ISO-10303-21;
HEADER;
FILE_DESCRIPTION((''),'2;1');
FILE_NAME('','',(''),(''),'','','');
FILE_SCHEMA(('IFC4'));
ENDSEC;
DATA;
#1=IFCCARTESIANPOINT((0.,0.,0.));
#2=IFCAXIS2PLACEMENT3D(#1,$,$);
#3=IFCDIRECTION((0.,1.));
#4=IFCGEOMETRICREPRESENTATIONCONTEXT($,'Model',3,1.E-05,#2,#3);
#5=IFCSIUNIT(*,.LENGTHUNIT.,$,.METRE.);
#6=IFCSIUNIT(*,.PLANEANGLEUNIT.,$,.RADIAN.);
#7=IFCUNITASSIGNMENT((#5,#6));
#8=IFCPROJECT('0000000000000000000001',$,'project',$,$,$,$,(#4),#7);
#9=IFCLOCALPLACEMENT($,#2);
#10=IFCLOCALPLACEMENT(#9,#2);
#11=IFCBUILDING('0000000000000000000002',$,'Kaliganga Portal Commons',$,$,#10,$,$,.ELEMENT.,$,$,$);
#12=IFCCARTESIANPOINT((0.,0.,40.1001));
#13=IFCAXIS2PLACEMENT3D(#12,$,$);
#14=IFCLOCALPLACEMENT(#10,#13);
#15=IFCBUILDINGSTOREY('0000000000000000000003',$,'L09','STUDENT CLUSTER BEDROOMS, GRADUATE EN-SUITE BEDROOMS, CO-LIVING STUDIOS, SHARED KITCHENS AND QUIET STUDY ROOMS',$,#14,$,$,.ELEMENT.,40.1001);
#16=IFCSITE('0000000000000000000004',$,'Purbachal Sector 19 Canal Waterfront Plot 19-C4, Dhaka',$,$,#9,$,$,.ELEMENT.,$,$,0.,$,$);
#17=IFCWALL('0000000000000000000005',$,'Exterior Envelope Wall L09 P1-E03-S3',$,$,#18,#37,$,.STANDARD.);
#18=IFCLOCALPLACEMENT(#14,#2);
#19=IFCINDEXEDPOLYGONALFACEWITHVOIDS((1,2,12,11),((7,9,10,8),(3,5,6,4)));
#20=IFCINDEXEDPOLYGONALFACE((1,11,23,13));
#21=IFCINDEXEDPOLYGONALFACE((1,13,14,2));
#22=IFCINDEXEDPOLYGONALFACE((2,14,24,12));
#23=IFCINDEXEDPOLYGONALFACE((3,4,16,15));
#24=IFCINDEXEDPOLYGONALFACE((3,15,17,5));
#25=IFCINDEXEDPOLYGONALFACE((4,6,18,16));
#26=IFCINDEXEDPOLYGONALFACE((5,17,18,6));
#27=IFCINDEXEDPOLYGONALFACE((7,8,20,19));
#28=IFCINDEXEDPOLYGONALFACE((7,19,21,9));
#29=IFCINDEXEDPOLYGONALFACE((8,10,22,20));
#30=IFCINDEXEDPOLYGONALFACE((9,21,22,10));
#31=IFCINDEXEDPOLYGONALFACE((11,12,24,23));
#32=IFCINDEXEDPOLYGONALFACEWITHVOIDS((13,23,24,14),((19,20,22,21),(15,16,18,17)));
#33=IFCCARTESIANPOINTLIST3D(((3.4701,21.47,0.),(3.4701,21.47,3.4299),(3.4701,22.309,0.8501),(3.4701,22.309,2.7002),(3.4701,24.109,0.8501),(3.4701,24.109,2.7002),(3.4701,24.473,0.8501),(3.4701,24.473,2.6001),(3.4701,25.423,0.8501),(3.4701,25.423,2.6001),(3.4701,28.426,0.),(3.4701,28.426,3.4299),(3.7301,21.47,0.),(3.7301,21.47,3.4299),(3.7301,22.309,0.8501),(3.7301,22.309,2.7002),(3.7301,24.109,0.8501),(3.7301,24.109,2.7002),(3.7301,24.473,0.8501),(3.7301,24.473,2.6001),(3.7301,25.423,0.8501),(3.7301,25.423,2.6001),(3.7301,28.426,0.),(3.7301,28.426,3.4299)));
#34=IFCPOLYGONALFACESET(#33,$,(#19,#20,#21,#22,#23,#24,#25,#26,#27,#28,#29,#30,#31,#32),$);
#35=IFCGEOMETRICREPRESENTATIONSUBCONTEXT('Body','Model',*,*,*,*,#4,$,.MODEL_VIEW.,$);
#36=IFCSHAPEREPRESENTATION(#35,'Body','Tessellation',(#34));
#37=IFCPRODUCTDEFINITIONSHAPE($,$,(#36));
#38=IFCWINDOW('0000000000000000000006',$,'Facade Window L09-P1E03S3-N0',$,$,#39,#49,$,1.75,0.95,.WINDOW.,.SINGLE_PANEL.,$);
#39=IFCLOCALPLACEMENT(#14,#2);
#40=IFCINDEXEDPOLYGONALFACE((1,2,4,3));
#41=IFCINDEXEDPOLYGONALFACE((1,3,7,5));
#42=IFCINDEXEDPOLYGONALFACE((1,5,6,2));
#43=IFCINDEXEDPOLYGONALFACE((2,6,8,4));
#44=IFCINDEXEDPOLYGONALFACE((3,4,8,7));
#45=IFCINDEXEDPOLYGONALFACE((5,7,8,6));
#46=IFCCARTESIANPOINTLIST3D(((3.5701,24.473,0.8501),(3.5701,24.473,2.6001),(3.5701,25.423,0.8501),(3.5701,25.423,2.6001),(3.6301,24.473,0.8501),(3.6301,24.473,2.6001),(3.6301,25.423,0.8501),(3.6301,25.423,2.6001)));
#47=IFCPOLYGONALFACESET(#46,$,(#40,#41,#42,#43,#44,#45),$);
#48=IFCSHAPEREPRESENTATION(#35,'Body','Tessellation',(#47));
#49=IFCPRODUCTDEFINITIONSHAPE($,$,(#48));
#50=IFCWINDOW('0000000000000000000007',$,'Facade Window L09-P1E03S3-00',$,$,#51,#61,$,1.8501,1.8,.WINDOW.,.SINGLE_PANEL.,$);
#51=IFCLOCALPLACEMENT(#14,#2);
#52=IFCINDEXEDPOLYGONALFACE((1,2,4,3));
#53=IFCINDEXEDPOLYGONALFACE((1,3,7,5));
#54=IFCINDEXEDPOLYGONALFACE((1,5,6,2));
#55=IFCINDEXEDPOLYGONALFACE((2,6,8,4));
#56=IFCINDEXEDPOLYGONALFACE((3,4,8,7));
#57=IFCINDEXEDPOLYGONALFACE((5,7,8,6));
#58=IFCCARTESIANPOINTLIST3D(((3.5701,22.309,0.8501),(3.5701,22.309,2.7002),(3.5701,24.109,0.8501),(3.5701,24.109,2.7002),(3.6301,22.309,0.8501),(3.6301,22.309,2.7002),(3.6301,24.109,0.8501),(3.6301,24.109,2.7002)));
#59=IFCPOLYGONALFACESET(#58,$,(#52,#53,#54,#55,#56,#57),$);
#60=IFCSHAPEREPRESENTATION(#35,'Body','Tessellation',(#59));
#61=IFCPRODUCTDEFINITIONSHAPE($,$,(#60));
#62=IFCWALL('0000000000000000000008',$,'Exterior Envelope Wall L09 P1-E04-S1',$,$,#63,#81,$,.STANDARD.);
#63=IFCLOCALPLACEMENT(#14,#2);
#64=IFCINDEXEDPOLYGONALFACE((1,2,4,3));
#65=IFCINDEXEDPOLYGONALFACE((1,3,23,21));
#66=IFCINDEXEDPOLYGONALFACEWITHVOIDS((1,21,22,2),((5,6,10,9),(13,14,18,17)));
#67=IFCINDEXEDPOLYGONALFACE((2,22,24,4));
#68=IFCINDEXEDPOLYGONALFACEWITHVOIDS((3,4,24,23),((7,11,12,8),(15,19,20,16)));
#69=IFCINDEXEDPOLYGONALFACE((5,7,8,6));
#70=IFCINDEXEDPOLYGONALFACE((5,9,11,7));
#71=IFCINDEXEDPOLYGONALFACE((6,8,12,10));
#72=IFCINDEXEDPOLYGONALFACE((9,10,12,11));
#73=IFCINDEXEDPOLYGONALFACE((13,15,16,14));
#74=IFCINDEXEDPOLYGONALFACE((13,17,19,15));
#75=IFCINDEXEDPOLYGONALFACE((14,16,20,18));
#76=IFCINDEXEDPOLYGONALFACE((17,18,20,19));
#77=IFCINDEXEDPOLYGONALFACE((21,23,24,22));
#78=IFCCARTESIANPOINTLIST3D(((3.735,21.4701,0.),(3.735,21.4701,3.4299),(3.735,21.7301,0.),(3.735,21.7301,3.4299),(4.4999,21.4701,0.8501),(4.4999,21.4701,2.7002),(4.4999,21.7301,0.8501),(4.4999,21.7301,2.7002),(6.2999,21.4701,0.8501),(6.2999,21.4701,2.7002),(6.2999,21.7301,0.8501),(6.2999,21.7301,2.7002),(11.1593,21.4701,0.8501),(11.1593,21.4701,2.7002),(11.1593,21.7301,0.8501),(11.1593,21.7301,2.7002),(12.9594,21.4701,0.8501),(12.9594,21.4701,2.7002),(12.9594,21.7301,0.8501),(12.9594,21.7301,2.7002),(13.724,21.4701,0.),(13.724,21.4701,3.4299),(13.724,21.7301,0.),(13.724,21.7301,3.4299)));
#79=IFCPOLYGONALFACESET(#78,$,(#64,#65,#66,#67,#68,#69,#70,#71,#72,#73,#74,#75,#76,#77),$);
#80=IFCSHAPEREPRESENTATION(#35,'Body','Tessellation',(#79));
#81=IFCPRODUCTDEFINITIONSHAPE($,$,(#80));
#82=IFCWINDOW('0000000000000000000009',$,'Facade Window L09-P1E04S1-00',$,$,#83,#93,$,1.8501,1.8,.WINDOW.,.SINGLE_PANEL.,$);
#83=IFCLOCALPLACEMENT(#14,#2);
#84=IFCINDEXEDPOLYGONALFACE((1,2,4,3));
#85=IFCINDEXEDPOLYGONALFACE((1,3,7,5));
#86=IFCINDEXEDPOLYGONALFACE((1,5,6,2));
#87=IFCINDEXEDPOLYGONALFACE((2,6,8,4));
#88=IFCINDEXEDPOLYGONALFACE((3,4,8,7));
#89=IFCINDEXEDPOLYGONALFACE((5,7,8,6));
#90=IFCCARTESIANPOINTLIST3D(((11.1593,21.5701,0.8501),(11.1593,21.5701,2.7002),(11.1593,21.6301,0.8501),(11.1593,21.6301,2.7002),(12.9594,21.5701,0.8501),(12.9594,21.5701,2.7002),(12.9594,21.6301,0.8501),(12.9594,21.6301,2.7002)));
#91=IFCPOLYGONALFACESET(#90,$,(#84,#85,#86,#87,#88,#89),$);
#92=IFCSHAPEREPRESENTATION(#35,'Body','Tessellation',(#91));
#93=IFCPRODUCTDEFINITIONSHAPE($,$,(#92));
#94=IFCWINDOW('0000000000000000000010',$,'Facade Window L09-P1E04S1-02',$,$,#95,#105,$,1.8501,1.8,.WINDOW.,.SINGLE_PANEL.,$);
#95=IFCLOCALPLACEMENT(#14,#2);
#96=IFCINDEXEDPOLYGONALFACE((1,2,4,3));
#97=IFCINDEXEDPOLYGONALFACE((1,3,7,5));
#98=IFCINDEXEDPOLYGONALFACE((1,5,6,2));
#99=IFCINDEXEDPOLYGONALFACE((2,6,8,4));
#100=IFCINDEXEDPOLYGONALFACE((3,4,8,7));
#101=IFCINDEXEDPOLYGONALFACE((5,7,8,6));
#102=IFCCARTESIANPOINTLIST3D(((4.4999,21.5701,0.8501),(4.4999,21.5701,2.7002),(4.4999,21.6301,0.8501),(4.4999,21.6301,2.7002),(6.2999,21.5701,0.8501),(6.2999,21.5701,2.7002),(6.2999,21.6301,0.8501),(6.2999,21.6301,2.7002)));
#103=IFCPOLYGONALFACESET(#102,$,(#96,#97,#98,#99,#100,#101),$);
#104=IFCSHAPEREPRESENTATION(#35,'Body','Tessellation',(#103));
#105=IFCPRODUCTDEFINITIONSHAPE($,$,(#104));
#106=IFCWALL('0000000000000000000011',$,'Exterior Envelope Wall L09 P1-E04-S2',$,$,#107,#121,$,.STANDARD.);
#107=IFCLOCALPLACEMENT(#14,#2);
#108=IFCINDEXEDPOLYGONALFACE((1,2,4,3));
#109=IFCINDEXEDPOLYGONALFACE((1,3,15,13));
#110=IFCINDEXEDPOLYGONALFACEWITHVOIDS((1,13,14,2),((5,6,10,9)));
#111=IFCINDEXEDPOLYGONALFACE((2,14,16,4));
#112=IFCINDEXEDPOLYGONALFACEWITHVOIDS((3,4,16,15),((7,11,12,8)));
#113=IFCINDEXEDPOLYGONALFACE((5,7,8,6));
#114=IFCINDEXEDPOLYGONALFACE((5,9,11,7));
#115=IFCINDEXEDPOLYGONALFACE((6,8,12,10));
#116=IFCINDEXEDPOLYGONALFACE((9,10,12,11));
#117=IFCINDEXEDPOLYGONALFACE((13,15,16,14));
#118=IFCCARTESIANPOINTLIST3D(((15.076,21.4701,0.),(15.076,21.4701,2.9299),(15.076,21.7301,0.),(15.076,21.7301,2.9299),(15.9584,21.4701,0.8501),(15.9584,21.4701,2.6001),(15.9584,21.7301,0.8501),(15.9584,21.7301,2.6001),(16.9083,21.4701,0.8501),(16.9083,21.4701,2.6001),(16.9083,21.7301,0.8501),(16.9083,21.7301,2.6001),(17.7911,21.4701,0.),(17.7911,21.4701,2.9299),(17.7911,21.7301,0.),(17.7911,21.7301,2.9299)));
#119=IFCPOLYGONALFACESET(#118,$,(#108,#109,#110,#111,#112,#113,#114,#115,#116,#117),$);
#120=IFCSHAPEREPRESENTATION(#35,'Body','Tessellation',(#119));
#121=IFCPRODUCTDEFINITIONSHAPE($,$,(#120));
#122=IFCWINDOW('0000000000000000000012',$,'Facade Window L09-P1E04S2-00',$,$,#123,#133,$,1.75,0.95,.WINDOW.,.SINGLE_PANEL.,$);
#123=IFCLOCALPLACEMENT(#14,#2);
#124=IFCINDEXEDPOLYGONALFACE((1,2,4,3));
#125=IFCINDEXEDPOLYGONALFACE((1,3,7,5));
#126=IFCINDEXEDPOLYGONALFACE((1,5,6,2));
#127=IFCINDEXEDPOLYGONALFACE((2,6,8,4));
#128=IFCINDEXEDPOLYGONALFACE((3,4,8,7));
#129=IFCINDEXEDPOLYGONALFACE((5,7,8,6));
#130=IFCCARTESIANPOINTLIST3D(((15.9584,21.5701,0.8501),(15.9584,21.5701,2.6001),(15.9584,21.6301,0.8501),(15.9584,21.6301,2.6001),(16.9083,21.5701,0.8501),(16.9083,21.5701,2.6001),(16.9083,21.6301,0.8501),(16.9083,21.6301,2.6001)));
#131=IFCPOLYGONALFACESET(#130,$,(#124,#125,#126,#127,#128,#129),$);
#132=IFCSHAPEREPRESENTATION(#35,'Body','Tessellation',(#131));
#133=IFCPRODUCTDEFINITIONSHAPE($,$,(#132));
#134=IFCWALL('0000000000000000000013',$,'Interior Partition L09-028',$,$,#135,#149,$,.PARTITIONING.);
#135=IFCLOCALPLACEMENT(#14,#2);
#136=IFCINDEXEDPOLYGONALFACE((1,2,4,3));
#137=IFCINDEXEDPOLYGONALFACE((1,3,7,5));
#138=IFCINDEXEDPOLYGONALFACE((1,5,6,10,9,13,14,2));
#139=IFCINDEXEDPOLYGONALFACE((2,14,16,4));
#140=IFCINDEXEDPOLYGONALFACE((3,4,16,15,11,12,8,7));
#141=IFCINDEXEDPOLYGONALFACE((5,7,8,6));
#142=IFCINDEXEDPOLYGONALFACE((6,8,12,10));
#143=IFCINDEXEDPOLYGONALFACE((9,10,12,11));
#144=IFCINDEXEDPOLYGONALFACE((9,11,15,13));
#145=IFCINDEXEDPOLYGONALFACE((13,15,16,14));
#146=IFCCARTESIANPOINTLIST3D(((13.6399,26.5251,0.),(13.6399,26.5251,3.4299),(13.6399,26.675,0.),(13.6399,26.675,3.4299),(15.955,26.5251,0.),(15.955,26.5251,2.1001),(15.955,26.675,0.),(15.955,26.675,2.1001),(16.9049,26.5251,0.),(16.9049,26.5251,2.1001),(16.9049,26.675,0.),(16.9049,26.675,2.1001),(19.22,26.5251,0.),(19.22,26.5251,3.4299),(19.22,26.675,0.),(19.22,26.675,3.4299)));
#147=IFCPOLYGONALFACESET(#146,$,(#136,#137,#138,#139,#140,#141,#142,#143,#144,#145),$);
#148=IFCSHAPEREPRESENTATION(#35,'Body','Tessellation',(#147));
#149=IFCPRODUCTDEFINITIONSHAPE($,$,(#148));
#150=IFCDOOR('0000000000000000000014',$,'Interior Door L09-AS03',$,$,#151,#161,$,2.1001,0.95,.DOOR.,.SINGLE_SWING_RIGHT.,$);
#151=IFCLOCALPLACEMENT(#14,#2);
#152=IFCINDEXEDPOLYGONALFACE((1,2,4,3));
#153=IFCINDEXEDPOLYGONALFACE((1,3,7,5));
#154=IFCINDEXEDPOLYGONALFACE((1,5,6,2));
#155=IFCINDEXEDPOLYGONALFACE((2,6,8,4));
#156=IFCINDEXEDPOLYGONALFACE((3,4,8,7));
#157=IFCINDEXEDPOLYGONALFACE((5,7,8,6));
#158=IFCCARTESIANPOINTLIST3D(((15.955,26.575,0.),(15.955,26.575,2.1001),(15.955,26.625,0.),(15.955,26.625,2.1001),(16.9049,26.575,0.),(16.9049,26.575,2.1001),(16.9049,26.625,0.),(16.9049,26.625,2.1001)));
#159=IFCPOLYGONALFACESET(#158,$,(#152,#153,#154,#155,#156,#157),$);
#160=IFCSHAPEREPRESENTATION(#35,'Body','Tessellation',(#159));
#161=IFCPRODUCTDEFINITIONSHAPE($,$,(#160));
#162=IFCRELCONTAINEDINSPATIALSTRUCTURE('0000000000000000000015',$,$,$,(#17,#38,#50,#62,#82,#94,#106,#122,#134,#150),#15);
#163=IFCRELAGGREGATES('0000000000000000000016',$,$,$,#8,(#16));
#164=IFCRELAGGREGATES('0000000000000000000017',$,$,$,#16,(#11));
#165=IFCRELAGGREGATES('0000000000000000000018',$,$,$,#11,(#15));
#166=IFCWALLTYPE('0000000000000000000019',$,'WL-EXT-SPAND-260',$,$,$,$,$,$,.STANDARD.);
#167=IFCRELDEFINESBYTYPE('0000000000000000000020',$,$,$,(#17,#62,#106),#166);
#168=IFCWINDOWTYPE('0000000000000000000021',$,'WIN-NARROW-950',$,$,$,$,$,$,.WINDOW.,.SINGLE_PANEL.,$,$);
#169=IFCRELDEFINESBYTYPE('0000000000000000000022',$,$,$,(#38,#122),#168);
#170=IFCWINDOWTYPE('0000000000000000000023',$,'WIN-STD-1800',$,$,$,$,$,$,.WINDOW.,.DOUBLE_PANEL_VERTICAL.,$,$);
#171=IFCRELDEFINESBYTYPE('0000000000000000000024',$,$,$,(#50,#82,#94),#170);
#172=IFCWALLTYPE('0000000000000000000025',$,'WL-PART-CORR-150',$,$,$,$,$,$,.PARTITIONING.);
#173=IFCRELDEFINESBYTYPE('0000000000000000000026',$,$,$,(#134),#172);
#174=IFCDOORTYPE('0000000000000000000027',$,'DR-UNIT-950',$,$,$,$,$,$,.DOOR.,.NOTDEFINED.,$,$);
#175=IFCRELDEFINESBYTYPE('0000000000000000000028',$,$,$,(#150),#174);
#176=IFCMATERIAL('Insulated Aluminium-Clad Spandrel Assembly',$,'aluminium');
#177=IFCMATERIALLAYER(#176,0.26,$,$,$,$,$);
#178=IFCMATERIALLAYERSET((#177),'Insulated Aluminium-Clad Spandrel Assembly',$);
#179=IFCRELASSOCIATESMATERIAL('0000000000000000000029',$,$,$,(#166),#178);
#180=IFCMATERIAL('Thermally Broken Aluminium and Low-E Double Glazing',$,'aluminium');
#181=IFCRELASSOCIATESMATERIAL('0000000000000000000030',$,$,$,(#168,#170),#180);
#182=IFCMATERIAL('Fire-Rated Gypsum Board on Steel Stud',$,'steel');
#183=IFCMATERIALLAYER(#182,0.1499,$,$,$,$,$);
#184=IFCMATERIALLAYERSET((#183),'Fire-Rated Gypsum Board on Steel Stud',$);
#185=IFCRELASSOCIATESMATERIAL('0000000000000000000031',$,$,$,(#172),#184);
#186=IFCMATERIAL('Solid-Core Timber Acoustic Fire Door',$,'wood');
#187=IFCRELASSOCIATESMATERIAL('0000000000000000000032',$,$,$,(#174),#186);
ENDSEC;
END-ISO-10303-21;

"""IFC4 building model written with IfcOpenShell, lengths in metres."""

from ifc_helpers import new_model, si_unit, direction, frame, frame_2d, origin, place, context, subcontext, project, spatial, rectangle, extrude, material, layer, layer_set, type_object, element, fill, save


model = new_model("IFC4")

# Units and contexts
model_context = context("Model", 3, precision=1e-05, world=origin(), true_north=direction((0.0, 1.0)))
body_context = subcontext(model_context, "Body", "Model", "MODEL_VIEW")
ifc_project = project(units=[si_unit("LENGTHUNIT", "METRE"), si_unit("PLANEANGLEUNIT", "RADIAN")], contexts=[model_context])

# Site, building, storey
site_placement = place(None, origin())
site = spatial("IfcSite", under=ifc_project, at=site_placement, Name="Purbachal Sector 19 Canal Waterfront Plot 19-C4, Dhaka", CompositionType="ELEMENT", RefElevation=0.0)
building_placement = place(site_placement, origin())
building = spatial("IfcBuilding", under=site, at=building_placement, Name="Kaliganga Portal Commons", CompositionType="ELEMENT")
storey_placement = place(building_placement, frame((0.0, 0.0, 40.1001)))
storey = spatial("IfcBuildingStorey", under=building, at=storey_placement, Name="L09", Description="STUDENT CLUSTER BEDROOMS, GRADUATE EN-SUITE BEDROOMS, CO-LIVING STUDIOS, SHARED KITCHENS AND QUIET STUDY ROOMS", CompositionType="ELEMENT", Elevation=40.1001)

# Walls, openings, windows
ifc_material_1 = material(Name="Insulated Aluminium-Clad Spandrel Assembly", Category="aluminium")
ifc_layer_1 = layer(ifc_material_1, 0.26)
ifc_layer_set_1 = layer_set([ifc_layer_1], Name="Insulated Aluminium-Clad Spandrel Assembly")
wall_type_1 = type_object("IfcWallType", Name="WL-EXT-SPAND-260", PredefinedType="STANDARD", material=ifc_layer_set_1)
wall_1_placement = place(storey_placement, frame((3.6001, 21.47, 0.0), z_axis=(0.0, 0.0, 1.0), x_axis=(0.0, 1.0, 0.0)))
wall_1 = element("IfcWall", 1, at=wall_1_placement, inside=storey, type_object=wall_type_1, Name="Exterior Envelope Wall L09 P1-E03-S3", PredefinedType="STANDARD", context=body_context, shape_type="SweptSolid", body=[
    extrude(rectangle(XDim=6.9561, YDim=0.26, at=frame_2d((3.478, 0.0))), origin(), (0.0, 0.0, 1.0), 3.4299),
])
opening_1_placement = place(wall_1_placement, frame((0.8391, 0.0, 0.8501)))
opening_1 = element("IfcOpeningElement", 2, at=opening_1_placement, cuts=wall_1, PredefinedType="OPENING", context=body_context, shape_type="SweptSolid", body=[
    extrude(rectangle(XDim=1.8, YDim=1.8501, at=frame_2d((0.8999, 0.925))), frame((0.0, 0.1401, 0.0), z_axis=(0.0, -1.0, 0.0), x_axis=(1.0, 0.0, 0.0)), (0.0, 0.0, 1.0), 0.28),
])
opening_2_placement = place(wall_1_placement, frame((3.0029, 0.0, 0.8501)))
opening_2 = element("IfcOpeningElement", 3, at=opening_2_placement, cuts=wall_1, PredefinedType="OPENING", context=body_context, shape_type="SweptSolid", body=[
    extrude(rectangle(XDim=0.95, YDim=1.75, at=frame_2d((0.4751, 0.875))), frame((0.0, 0.1401, 0.0), z_axis=(0.0, -1.0, 0.0), x_axis=(1.0, 0.0, 0.0)), (0.0, 0.0, 1.0), 0.28),
])
ifc_material_2 = material(Name="Thermally Broken Aluminium and Low-E Double Glazing", Category="aluminium")
window_type_1 = type_object("IfcWindowType", Name="WIN-NARROW-950", PartitioningType="SINGLE_PANEL", PredefinedType="WINDOW", material=ifc_material_2)
window_1_placement = place(opening_2_placement, origin())
window_1 = element("IfcWindow", 4, at=window_1_placement, inside=storey, type_object=window_type_1, Name="Facade Window L09-P1E03S3-N0", OverallHeight=1.75, OverallWidth=0.95, PartitioningType="SINGLE_PANEL", PredefinedType="WINDOW", context=body_context, shape_type="SweptSolid", body=[
    extrude(rectangle(XDim=0.95, YDim=1.75, at=frame_2d((0.4751, 0.875))), frame((0.0, 0.03, 0.0), z_axis=(0.0, -1.0, 0.0), x_axis=(1.0, 0.0, 0.0)), (0.0, 0.0, 1.0), 0.0601),
])
fill(opening_2, window_1)
window_type_2 = type_object("IfcWindowType", Name="WIN-STD-1800", PartitioningType="DOUBLE_PANEL_VERTICAL", PredefinedType="WINDOW", material=ifc_material_2)
window_2_placement = place(opening_1_placement, origin())
window_2 = element("IfcWindow", 5, at=window_2_placement, inside=storey, type_object=window_type_2, Name="Facade Window L09-P1E03S3-00", OverallHeight=1.8501, OverallWidth=1.8, PartitioningType="SINGLE_PANEL", PredefinedType="WINDOW", context=body_context, shape_type="SweptSolid", body=[
    extrude(rectangle(XDim=1.8, YDim=1.8501, at=frame_2d((0.8999, 0.925))), frame((0.0, 0.03, 0.0), z_axis=(0.0, -1.0, 0.0), x_axis=(1.0, 0.0, 0.0)), (0.0, 0.0, 1.0), 0.0601),
])
fill(opening_1, window_2)
wall_2_placement = place(storey_placement, frame((13.7241, 21.6001, 0.0), z_axis=(0.0, 0.0, 1.0), x_axis=(-1.0, 0.0, 0.0)))
wall_2 = element("IfcWall", 6, at=wall_2_placement, inside=storey, type_object=wall_type_1, Name="Exterior Envelope Wall L09 P1-E04-S1", PredefinedType="STANDARD", context=body_context, shape_type="SweptSolid", body=[
    extrude(rectangle(XDim=9.989, YDim=0.26, at=frame_2d((4.9946, 0.0))), origin(), (0.0, 0.0, 1.0), 3.4299),
])
opening_3_placement = place(wall_2_placement, frame((0.7649, 0.0, 0.8501)))
opening_3 = element("IfcOpeningElement", 7, at=opening_3_placement, cuts=wall_2, PredefinedType="OPENING", context=body_context, shape_type="SweptSolid", body=[
    extrude(rectangle(XDim=1.8, YDim=1.8501, at=frame_2d((0.8999, 0.925))), frame((0.0, 0.1401, 0.0), z_axis=(0.0, -1.0, 0.0), x_axis=(1.0, 0.0, 0.0)), (0.0, 0.0, 1.0), 0.28),
])
opening_4_placement = place(wall_2_placement, frame((7.4243, 0.0, 0.8501)))
opening_4 = element("IfcOpeningElement", 8, at=opening_4_placement, cuts=wall_2, PredefinedType="OPENING", context=body_context, shape_type="SweptSolid", body=[
    extrude(rectangle(XDim=1.8, YDim=1.8501, at=frame_2d((0.8999, 0.925))), frame((0.0, 0.1401, 0.0), z_axis=(0.0, -1.0, 0.0), x_axis=(1.0, 0.0, 0.0)), (0.0, 0.0, 1.0), 0.28),
])
window_3_placement = place(opening_3_placement, origin())
window_3 = element("IfcWindow", 9, at=window_3_placement, inside=storey, type_object=window_type_2, Name="Facade Window L09-P1E04S1-00", OverallHeight=1.8501, OverallWidth=1.8, PartitioningType="SINGLE_PANEL", PredefinedType="WINDOW", context=body_context, shape_type="SweptSolid", body=[
    extrude(rectangle(XDim=1.8, YDim=1.8501, at=frame_2d((0.8999, 0.925))), frame((0.0, 0.03, 0.0), z_axis=(0.0, -1.0, 0.0), x_axis=(1.0, 0.0, 0.0)), (0.0, 0.0, 1.0), 0.0601),
])
fill(opening_3, window_3)
window_4_placement = place(opening_4_placement, origin())
window_4 = element("IfcWindow", 10, at=window_4_placement, inside=storey, type_object=window_type_2, Name="Facade Window L09-P1E04S1-02", OverallHeight=1.8501, OverallWidth=1.8, PartitioningType="SINGLE_PANEL", PredefinedType="WINDOW", context=body_context, shape_type="SweptSolid", body=[
    extrude(rectangle(XDim=1.8, YDim=1.8501, at=frame_2d((0.8999, 0.925))), frame((0.0, 0.03, 0.0), z_axis=(0.0, -1.0, 0.0), x_axis=(1.0, 0.0, 0.0)), (0.0, 0.0, 1.0), 0.0601),
])
fill(opening_4, window_4)

# Wall, opening, window
wall_3_placement = place(storey_placement, frame((17.791, 21.6001, 0.0), z_axis=(0.0, 0.0, 1.0), x_axis=(-1.0, 0.0, 0.0)))
wall_3 = element("IfcWall", 11, at=wall_3_placement, inside=storey, type_object=wall_type_1, Name="Exterior Envelope Wall L09 P1-E04-S2", PredefinedType="STANDARD", context=body_context, shape_type="SweptSolid", body=[
    extrude(rectangle(XDim=2.7151, YDim=0.26, at=frame_2d((1.3574, 0.0))), origin(), (0.0, 0.0, 1.0), 2.9299),
])
opening_5_placement = place(wall_3_placement, frame((0.8826, 0.0, 0.8501)))
opening_5 = element("IfcOpeningElement", 12, at=opening_5_placement, cuts=wall_3, PredefinedType="OPENING", context=body_context, shape_type="SweptSolid", body=[
    extrude(rectangle(XDim=0.95, YDim=1.75, at=frame_2d((0.4751, 0.875))), frame((0.0, 0.1401, 0.0), z_axis=(0.0, -1.0, 0.0), x_axis=(1.0, 0.0, 0.0)), (0.0, 0.0, 1.0), 0.28),
])
window_5_placement = place(opening_5_placement, origin())
window_5 = element("IfcWindow", 13, at=window_5_placement, inside=storey, type_object=window_type_1, Name="Facade Window L09-P1E04S2-00", OverallHeight=1.75, OverallWidth=0.95, PartitioningType="SINGLE_PANEL", PredefinedType="WINDOW", context=body_context, shape_type="SweptSolid", body=[
    extrude(rectangle(XDim=0.95, YDim=1.75, at=frame_2d((0.4751, 0.875))), frame((0.0, 0.03, 0.0), z_axis=(0.0, -1.0, 0.0), x_axis=(1.0, 0.0, 0.0)), (0.0, 0.0, 1.0), 0.0601),
])
fill(opening_5, window_5)

# Wall, opening, door
ifc_material_3 = material(Name="Fire-Rated Gypsum Board on Steel Stud", Category="steel")
ifc_layer_2 = layer(ifc_material_3, 0.1499)
ifc_layer_set_2 = layer_set([ifc_layer_2], Name="Fire-Rated Gypsum Board on Steel Stud")
wall_type_2 = type_object("IfcWallType", Name="WL-PART-CORR-150", PredefinedType="PARTITIONING", material=ifc_layer_set_2)
wall_4_placement = place(storey_placement, frame((13.6399, 26.6001, 0.0), z_axis=(0.0, 0.0, 1.0), x_axis=(1.0, 0.0, 0.0)))
wall_4 = element("IfcWall", 14, at=wall_4_placement, inside=storey, type_object=wall_type_2, Name="Interior Partition L09-028", PredefinedType="PARTITIONING", context=body_context, shape_type="SweptSolid", body=[
    extrude(rectangle(XDim=5.5801, YDim=0.1499, at=frame_2d((2.79, 0.0))), origin(), (0.0, 0.0, 1.0), 3.4299),
])
opening_6_placement = place(wall_4_placement, frame((2.3149, 0.0, 0.0)))
opening_6 = element("IfcOpeningElement", 15, at=opening_6_placement, cuts=wall_4, PredefinedType="OPENING", context=body_context, shape_type="SweptSolid", body=[
    extrude(rectangle(XDim=0.95, YDim=2.1001, at=frame_2d((0.4751, 1.05))), frame((0.0, 0.085, 0.0), z_axis=(0.0, -1.0, 0.0), x_axis=(1.0, 0.0, 0.0)), (0.0, 0.0, 1.0), 0.1699),
])
ifc_material_4 = material(Name="Solid-Core Timber Acoustic Fire Door", Category="wood")
door_type_1 = type_object("IfcDoorType", Name="DR-UNIT-950", OperationType="NOTDEFINED", PredefinedType="DOOR", material=ifc_material_4)
door_1_placement = place(opening_6_placement, origin())
door_1 = element("IfcDoor", 16, at=door_1_placement, inside=storey, type_object=door_type_1, Name="Interior Door L09-AS03", OperationType="SINGLE_SWING_RIGHT", OverallHeight=2.1001, OverallWidth=0.95, PredefinedType="DOOR", context=body_context, shape_type="SweptSolid", body=[
    extrude(rectangle(XDim=0.95, YDim=2.1001, at=frame_2d((0.4751, 1.05))), frame((0.0, 0.0249, 0.0), z_axis=(0.0, -1.0, 0.0), x_axis=(1.0, 0.0, 0.0)), (0.0, 0.0, 1.0), 0.05),
])
fill(opening_6, door_1)

save(model, "model.ifc")
